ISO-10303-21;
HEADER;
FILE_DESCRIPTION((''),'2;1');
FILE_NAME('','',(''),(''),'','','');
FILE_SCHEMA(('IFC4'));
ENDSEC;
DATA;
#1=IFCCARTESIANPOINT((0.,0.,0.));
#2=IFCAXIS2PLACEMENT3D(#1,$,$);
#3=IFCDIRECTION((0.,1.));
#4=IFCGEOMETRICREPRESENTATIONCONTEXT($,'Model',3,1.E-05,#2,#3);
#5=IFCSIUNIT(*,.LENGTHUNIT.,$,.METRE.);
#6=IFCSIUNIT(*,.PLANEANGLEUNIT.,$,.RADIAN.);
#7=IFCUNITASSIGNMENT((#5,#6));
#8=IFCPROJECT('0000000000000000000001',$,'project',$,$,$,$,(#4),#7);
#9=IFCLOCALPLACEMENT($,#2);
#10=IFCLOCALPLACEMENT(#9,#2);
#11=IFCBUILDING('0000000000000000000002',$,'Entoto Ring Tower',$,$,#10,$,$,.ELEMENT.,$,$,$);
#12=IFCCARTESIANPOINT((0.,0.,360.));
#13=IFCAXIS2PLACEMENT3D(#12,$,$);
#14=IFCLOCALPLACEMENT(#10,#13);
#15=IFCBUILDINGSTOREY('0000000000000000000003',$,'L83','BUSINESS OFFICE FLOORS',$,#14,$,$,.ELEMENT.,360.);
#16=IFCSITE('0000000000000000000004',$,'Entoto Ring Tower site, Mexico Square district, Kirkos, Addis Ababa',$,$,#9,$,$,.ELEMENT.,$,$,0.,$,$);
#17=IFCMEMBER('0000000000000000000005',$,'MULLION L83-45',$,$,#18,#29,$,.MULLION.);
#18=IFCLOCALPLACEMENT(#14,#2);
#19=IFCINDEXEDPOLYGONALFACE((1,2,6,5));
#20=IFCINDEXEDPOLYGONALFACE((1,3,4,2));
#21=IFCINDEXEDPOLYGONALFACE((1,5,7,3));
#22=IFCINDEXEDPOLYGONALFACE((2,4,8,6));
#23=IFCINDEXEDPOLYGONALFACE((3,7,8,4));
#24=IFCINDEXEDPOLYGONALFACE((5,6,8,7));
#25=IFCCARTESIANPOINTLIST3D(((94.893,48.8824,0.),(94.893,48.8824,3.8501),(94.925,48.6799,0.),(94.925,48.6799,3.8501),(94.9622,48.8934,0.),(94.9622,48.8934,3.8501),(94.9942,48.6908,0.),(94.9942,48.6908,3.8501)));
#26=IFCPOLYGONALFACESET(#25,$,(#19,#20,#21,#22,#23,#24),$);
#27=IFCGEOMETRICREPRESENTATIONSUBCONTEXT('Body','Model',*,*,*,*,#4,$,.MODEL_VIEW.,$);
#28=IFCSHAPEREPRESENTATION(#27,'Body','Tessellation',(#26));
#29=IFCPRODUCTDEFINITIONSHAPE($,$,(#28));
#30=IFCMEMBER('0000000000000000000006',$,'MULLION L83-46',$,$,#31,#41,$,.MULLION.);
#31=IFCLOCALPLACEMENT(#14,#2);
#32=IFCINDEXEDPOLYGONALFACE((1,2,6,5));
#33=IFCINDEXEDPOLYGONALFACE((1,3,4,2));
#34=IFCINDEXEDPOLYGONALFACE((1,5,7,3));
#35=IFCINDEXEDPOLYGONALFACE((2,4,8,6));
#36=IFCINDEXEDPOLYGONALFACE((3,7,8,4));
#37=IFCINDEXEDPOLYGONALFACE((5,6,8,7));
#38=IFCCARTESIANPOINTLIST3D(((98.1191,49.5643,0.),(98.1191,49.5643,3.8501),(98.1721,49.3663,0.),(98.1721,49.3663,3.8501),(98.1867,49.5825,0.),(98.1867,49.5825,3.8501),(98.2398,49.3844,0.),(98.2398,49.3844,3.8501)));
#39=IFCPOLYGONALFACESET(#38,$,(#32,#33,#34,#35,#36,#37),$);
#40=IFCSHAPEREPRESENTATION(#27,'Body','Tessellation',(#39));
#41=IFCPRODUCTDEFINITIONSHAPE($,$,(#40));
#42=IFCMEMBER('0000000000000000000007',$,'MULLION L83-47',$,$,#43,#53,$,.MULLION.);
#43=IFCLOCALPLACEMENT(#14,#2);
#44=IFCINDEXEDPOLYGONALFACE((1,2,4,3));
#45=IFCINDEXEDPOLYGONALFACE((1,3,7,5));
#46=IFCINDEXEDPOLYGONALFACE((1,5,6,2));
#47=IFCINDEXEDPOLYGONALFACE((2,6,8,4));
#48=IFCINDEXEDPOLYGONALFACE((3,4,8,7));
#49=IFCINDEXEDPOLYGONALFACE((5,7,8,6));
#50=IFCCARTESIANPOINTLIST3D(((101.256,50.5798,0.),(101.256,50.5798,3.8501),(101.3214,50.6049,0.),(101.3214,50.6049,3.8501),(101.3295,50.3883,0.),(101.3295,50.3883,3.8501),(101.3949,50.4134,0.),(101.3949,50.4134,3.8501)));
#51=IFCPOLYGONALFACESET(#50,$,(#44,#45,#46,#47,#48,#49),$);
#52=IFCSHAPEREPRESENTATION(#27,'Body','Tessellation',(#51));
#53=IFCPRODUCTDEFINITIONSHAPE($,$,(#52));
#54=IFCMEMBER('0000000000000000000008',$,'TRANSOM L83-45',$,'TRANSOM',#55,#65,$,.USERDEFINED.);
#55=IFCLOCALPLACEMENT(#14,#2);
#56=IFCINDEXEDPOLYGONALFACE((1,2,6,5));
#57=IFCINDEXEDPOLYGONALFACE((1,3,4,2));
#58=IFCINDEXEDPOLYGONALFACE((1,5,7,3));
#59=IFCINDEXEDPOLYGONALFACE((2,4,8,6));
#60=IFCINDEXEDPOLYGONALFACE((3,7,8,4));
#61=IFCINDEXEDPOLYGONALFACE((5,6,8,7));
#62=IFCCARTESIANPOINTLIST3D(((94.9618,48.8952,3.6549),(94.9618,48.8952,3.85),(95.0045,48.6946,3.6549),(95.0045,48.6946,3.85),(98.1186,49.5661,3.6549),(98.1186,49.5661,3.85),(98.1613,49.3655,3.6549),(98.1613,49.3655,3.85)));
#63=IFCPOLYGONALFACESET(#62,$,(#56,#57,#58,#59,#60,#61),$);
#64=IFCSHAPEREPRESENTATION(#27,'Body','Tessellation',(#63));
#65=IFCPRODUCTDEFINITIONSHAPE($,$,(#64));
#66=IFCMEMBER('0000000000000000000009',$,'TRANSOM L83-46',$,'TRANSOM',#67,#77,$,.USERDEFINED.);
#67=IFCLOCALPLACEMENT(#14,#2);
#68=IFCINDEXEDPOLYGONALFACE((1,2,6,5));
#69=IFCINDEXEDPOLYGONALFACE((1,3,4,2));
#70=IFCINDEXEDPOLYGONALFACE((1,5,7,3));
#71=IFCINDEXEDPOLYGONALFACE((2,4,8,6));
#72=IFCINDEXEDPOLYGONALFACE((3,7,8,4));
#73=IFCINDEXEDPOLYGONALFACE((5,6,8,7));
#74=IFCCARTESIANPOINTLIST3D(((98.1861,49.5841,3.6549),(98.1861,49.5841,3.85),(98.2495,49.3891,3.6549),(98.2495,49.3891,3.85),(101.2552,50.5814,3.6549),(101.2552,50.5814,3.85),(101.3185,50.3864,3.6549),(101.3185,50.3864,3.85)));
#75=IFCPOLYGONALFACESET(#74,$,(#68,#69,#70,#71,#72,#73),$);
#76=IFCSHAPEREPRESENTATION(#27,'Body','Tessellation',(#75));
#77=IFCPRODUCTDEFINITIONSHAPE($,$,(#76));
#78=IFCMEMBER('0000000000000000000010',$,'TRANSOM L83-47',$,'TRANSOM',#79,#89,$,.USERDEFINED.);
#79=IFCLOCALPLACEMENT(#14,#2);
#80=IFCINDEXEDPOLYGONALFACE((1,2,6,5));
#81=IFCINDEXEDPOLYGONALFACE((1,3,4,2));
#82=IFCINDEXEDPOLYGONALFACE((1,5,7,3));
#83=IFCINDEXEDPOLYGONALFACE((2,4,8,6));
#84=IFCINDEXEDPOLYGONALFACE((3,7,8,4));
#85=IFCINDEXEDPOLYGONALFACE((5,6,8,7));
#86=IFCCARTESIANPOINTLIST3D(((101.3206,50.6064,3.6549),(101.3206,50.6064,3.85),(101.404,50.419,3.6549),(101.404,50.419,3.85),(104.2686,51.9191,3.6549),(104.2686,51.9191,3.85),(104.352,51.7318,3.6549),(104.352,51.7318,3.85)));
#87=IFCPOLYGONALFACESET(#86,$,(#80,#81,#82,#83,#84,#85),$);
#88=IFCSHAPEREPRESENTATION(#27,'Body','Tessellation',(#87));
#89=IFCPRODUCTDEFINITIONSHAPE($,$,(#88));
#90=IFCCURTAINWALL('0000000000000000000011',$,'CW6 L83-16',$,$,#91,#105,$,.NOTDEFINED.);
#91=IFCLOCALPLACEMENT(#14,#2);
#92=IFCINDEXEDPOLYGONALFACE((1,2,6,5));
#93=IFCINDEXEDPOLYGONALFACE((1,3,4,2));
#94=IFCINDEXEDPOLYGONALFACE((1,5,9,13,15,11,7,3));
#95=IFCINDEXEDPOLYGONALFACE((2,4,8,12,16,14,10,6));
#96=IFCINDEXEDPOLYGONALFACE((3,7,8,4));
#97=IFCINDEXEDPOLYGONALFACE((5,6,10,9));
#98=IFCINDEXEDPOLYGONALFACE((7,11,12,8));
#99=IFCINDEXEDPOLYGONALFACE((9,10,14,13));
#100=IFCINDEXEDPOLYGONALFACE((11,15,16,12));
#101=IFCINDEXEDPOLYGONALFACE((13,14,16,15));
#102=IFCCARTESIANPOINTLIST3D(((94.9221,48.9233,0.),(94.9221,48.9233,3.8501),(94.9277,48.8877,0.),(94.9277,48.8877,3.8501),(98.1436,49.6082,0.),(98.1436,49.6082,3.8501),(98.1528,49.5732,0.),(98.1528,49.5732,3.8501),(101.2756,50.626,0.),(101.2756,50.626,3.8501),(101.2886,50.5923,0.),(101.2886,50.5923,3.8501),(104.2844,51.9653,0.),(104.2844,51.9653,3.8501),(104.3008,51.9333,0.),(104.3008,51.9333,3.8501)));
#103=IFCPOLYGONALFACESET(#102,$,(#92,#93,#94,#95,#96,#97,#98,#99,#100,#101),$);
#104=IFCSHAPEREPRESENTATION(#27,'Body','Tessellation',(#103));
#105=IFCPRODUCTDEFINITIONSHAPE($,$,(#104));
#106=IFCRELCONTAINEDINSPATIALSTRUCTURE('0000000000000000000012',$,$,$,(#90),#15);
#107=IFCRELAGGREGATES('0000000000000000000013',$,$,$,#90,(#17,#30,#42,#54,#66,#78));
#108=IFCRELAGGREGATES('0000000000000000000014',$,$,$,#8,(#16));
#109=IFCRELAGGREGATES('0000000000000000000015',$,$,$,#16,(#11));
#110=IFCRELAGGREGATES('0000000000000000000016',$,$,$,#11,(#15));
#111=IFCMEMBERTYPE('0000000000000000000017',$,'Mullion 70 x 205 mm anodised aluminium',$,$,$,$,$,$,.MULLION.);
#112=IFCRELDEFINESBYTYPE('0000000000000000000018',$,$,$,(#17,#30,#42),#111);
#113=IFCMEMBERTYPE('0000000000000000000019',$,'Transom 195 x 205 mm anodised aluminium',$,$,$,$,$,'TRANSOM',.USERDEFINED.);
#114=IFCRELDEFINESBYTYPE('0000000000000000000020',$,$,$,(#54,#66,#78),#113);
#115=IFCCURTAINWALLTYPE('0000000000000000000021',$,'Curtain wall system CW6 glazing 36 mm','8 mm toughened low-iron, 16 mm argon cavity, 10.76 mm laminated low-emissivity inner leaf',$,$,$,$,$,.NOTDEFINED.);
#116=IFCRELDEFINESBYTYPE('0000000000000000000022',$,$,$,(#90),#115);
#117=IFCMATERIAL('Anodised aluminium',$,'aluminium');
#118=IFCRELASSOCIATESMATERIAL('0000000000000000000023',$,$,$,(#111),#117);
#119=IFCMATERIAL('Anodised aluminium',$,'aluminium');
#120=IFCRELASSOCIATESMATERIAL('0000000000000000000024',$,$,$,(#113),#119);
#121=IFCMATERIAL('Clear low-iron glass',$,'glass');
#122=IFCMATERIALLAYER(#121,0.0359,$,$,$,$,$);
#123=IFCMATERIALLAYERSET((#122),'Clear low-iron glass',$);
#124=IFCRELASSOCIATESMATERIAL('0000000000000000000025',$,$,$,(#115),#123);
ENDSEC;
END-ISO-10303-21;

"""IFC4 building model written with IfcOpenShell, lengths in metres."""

from ifc_helpers import new_model, si_unit, direction, frame, origin, origin_2d, place, context, subcontext, project, spatial, polyline, rectangle, outline, extrude, material, layer, layer_set, material_profile, profile_set, type_object, element, aggregate, save


model = new_model("IFC4")

# Units and contexts
model_context = context("Model", 3, precision=1e-05, world=origin(), true_north=direction((0.0, 1.0)))
body_context = subcontext(model_context, "Body", "Model", "MODEL_VIEW")
ifc_project = project(units=[si_unit("LENGTHUNIT", "METRE"), si_unit("PLANEANGLEUNIT", "RADIAN")], contexts=[model_context])

# Members
ifc_material_1 = material(Name="Anodised aluminium", Category="aluminium")
ifc_material_profile_1 = material_profile(ifc_material_1, rectangle(XDim=0.0701, YDim=0.2051, at=origin_2d()), Name="Mullion 70 x 205 mm anodised aluminium")
ifc_profile_set_1 = profile_set([ifc_material_profile_1], Name="Anodised aluminium")
member_type_1 = type_object("IfcMemberType", Name="Mullion 70 x 205 mm anodised aluminium", PredefinedType="MULLION", material=ifc_profile_set_1)
site_placement = place(None, origin())
building_placement = place(site_placement, origin())
storey_placement = place(building_placement, frame((0.0, 0.0, 360.0)))
member_1_placement = place(storey_placement, frame((94.9436, 48.7866, 0.0), z_axis=(0.0, 0.0, 1.0), x_axis=(0.987688, 0.156434, 0.0)))
member_1 = element("IfcMember", 1, at=member_1_placement, type_object=member_type_1, Name="MULLION L83-45", PredefinedType="MULLION", context=body_context, shape_type="SweptSolid", body=[
    extrude(rectangle(XDim=0.0701, YDim=0.2051, at=origin_2d()), origin(), (0.0, 0.0, 1.0), 3.8501),
])
member_2_placement = place(storey_placement, frame((98.1794, 49.4744, 0.0), z_axis=(0.0, 0.0, 1.0), x_axis=(0.965926, 0.258819, 0.0)))
member_2 = element("IfcMember", 2, at=member_2_placement, type_object=member_type_1, Name="MULLION L83-46", PredefinedType="MULLION", context=body_context, shape_type="SweptSolid", body=[
    extrude(rectangle(XDim=0.0701, YDim=0.2051, at=origin_2d()), origin(), (0.0, 0.0, 1.0), 3.8501),
])
member_3_placement = place(storey_placement, frame((101.3254, 50.4966, 0.0), z_axis=(0.0, 0.0, 1.0), x_axis=(0.93358, 0.358368, 0.0)))
member_3 = element("IfcMember", 3, at=member_3_placement, type_object=member_type_1, Name="MULLION L83-47", PredefinedType="MULLION", context=body_context, shape_type="SweptSolid", body=[
    extrude(rectangle(XDim=0.0701, YDim=0.2051, at=origin_2d()), origin(), (0.0, 0.0, 1.0), 3.8501),
])
ifc_material_2 = material(Name="Anodised aluminium", Category="aluminium")
ifc_material_profile_2 = material_profile(ifc_material_2, rectangle(XDim=0.2051, YDim=0.1951, at=origin_2d()), Name="Transom 195 x 205 mm anodised aluminium")
ifc_profile_set_2 = profile_set([ifc_material_profile_2], Name="Anodised aluminium")
member_type_2 = type_object("IfcMemberType", Name="Transom 195 x 205 mm anodised aluminium", ElementType="TRANSOM", PredefinedType="USERDEFINED", material=ifc_profile_set_2)
member_4_placement = place(storey_placement, frame((94.9832, 48.7949, 3.7524), z_axis=(0.978153, 0.207886, 0.0), x_axis=(-0.207886, 0.978153, 0.0)))
member_4 = element("IfcMember", 4, at=member_4_placement, type_object=member_type_2, Name="TRANSOM L83-45", ObjectType="TRANSOM", PredefinedType="USERDEFINED", context=body_context, shape_type="SweptSolid", body=[
    extrude(rectangle(XDim=0.2051, YDim=0.1951, at=origin_2d()), origin(), (0.0, 0.0, 1.0), 3.2273),
])
member_5_placement = place(storey_placement, frame((98.2178, 49.4866, 3.7524), z_axis=(0.951047, 0.309047, 0.0), x_axis=(-0.309047, 0.951047, 0.0)))
member_5 = element("IfcMember", 5, at=member_5_placement, type_object=member_type_2, Name="TRANSOM L83-46", ObjectType="TRANSOM", PredefinedType="USERDEFINED", context=body_context, shape_type="SweptSolid", body=[
    extrude(rectangle(XDim=0.2051, YDim=0.1951, at=origin_2d()), origin(), (0.0, 0.0, 1.0), 3.2271),
])
member_6_placement = place(storey_placement, frame((101.3623, 50.5127, 3.7524), z_axis=(0.913521, 0.406791, 0.0), x_axis=(-0.406791, 0.913521, 0.0)))
member_6 = element("IfcMember", 6, at=member_6_placement, type_object=member_type_2, Name="TRANSOM L83-47", ObjectType="TRANSOM", PredefinedType="USERDEFINED", context=body_context, shape_type="SweptSolid", body=[
    extrude(rectangle(XDim=0.2051, YDim=0.1951, at=origin_2d()), origin(), (0.0, 0.0, 1.0), 3.2271),
])

# Site, building, storey
site = spatial("IfcSite", under=ifc_project, at=site_placement, Name="Entoto Ring Tower site, Mexico Square district, Kirkos, Addis Ababa", CompositionType="ELEMENT", RefElevation=0.0)
building = spatial("IfcBuilding", under=site, at=building_placement, Name="Entoto Ring Tower", CompositionType="ELEMENT")
storey = spatial("IfcBuildingStorey", under=building, at=storey_placement, Name="L83", Description="BUSINESS OFFICE FLOORS", CompositionType="ELEMENT", Elevation=360.0)

# Curtain wall
ifc_material_3 = material(Name="Clear low-iron glass", Category="glass")
ifc_layer_1 = layer(ifc_material_3, 0.0359)
ifc_layer_set_1 = layer_set([ifc_layer_1], Name="Clear low-iron glass")
curtain_wall_type = type_object("IfcCurtainWallType", Name="Curtain wall system CW6 glazing 36 mm", Description="8 mm toughened low-iron, 16 mm argon cavity, 10.76 mm laminated low-emissivity inner leaf", PredefinedType="NOTDEFINED", material=ifc_layer_set_1)
curtain_wall_1_placement = place(storey_placement, origin())
curtain_wall_1 = element("IfcCurtainWall", 7, at=curtain_wall_1_placement, inside=storey, type_object=curtain_wall_type, Name="CW6 L83-16", PredefinedType="NOTDEFINED", context=body_context, shape_type="SweptSolid", body=[
    extrude(outline(polyline([(94.9277, 48.8877), (98.1528, 49.5732), (101.2886, 50.5923), (104.3008, 51.9333), (104.2844, 51.9653), (101.2756, 50.626), (98.1436, 49.6082), (94.9221, 48.9233), (94.9277, 48.8877)])), origin(), (0.0, 0.0, 1.0), 3.8501),
])
aggregate(curtain_wall_1, [member_1, member_2, member_3, member_4, member_5, member_6])

save(model, "model.ifc")
